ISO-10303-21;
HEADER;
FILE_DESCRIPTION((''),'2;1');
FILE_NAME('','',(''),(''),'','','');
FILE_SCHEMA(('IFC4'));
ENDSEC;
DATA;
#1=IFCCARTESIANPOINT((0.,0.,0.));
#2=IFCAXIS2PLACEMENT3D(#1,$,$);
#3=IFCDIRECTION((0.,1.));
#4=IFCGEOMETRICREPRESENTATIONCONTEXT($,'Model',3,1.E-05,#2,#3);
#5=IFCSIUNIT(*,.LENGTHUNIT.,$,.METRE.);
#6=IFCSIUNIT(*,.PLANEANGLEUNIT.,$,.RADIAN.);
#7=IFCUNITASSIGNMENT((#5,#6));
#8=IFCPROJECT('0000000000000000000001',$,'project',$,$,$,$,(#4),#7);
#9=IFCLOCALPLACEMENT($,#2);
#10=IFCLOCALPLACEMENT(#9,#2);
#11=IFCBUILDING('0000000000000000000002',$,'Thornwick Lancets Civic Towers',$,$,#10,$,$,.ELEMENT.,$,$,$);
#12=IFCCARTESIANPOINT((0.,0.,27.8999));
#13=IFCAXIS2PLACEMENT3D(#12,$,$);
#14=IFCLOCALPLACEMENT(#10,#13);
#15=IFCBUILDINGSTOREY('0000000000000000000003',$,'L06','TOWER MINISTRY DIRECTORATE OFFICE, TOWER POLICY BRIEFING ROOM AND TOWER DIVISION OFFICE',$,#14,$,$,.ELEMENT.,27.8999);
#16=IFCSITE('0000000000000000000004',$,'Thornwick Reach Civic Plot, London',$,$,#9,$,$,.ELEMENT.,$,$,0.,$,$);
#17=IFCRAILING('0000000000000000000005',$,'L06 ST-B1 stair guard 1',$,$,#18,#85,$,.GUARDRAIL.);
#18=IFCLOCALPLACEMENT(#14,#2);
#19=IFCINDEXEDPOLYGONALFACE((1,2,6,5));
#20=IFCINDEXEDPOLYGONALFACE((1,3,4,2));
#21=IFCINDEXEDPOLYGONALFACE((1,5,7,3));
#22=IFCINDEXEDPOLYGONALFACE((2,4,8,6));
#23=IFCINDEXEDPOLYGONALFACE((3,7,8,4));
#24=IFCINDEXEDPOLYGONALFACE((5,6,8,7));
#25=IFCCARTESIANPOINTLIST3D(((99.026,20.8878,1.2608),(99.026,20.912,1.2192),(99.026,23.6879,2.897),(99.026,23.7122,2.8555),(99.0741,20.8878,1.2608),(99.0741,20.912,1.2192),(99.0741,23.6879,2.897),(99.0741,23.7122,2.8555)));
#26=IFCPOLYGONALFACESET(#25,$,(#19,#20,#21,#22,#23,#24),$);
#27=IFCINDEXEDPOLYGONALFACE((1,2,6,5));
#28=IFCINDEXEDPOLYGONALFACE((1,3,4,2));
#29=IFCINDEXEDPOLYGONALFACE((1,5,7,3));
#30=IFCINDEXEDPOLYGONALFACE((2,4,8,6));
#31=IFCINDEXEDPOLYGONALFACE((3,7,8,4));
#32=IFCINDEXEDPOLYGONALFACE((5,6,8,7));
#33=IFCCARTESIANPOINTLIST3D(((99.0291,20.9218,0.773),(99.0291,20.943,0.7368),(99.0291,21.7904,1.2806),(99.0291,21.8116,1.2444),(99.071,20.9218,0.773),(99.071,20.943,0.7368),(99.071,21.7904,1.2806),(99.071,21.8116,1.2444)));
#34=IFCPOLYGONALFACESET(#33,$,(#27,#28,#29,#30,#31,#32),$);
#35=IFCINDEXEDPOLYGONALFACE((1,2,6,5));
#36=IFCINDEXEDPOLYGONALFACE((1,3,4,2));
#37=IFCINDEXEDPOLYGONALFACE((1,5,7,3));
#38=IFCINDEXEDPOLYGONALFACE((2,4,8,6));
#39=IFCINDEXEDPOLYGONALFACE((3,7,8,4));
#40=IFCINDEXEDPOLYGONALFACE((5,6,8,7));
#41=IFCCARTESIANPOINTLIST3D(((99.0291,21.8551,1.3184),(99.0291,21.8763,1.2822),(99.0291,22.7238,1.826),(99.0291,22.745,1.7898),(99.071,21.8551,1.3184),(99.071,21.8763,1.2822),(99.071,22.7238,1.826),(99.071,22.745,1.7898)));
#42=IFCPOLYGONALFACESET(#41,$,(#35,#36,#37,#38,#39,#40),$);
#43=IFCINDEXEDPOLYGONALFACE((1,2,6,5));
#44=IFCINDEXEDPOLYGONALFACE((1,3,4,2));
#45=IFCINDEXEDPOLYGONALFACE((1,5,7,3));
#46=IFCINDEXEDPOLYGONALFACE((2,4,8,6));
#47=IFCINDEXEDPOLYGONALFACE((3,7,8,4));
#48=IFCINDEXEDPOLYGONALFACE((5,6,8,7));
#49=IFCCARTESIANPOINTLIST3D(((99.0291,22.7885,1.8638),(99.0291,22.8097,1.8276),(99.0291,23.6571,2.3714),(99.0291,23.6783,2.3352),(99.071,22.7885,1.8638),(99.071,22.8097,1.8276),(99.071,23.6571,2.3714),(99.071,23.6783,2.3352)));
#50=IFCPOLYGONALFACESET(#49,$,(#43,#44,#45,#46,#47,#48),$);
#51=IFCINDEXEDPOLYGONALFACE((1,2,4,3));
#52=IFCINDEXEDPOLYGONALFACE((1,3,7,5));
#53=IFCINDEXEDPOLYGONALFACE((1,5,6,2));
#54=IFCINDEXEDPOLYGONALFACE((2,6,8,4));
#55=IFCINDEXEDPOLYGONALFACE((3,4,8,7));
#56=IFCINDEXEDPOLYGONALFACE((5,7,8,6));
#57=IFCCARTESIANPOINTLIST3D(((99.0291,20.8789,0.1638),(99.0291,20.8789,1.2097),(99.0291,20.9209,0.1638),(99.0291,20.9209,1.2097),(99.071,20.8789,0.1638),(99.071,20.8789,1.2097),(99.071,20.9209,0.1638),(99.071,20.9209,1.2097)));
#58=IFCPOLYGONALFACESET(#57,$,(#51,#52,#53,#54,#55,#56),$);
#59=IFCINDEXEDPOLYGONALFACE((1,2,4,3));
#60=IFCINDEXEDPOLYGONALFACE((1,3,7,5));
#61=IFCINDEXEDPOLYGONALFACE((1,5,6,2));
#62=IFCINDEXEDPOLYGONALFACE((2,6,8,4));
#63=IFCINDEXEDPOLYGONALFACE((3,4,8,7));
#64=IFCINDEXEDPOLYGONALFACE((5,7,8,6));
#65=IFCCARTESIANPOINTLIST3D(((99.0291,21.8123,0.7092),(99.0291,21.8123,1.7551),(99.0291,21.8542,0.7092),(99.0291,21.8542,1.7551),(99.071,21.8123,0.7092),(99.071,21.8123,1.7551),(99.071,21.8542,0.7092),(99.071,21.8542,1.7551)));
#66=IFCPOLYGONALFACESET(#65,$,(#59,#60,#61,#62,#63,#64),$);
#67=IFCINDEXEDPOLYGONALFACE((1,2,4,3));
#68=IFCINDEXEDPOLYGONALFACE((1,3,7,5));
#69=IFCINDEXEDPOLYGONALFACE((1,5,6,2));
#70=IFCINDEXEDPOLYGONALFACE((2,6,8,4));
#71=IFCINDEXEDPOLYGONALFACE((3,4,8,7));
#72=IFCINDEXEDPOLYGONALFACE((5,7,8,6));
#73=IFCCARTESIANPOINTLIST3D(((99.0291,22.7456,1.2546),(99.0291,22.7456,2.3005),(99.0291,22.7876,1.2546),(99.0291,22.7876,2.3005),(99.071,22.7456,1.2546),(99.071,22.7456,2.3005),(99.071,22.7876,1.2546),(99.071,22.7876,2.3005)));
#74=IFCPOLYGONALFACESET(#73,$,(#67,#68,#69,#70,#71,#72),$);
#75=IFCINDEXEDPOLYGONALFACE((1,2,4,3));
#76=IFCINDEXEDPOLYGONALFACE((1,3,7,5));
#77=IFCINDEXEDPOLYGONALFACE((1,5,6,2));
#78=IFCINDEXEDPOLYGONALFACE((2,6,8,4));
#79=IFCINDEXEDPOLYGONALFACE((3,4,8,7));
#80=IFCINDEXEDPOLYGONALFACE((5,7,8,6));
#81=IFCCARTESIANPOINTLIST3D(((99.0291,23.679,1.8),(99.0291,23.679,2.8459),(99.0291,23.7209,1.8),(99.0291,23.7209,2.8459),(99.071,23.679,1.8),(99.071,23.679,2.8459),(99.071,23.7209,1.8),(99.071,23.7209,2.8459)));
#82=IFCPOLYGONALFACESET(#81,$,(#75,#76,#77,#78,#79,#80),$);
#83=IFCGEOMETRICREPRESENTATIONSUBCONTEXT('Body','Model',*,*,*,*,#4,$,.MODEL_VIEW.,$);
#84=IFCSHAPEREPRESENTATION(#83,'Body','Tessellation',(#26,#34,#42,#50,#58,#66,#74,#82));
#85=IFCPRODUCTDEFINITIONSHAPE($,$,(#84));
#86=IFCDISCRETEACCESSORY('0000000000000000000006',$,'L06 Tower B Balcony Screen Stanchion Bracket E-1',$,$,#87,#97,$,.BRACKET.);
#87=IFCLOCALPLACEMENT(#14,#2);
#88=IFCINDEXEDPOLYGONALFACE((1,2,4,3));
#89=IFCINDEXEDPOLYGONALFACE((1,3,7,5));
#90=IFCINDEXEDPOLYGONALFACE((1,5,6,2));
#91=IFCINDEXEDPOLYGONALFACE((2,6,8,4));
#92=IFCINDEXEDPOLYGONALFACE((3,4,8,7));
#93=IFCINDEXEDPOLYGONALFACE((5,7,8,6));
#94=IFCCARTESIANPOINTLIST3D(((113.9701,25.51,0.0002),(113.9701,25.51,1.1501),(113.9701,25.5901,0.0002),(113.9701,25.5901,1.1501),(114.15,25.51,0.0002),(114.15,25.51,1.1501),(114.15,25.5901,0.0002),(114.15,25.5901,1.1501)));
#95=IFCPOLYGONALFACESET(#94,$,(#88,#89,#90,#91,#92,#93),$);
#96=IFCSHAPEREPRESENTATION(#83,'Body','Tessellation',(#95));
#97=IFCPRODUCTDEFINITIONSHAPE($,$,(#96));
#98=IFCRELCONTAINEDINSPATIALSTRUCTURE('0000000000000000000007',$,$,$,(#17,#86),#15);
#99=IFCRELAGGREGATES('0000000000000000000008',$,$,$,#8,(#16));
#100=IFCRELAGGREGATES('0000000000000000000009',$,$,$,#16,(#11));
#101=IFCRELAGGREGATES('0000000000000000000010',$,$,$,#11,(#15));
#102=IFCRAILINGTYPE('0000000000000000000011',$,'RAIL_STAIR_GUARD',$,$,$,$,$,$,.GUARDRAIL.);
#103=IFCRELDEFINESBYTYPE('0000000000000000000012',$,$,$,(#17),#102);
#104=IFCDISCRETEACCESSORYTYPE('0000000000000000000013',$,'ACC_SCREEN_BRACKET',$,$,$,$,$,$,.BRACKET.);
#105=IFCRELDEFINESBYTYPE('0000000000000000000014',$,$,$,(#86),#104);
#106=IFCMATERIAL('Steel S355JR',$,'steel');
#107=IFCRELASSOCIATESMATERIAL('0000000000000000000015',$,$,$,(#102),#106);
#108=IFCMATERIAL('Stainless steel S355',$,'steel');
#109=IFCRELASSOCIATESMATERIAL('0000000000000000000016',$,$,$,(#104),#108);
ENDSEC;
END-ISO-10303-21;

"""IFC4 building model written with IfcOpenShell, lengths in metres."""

from ifc_helpers import new_model, si_unit, direction, frame, origin, origin_2d, place, context, subcontext, project, spatial, rectangle, extrude, material, type_object, element, save


model = new_model("IFC4")

# Units and contexts
model_context = context("Model", 3, precision=1e-05, world=origin(), true_north=direction((0.0, 1.0)))
body_context = subcontext(model_context, "Body", "Model", "MODEL_VIEW")
ifc_project = project(units=[si_unit("LENGTHUNIT", "METRE"), si_unit("PLANEANGLEUNIT", "RADIAN")], contexts=[model_context])

# Site, building, storey
site_placement = place(None, origin())
site = spatial("IfcSite", under=ifc_project, at=site_placement, Name="Thornwick Reach Civic Plot, London", CompositionType="ELEMENT", RefElevation=0.0)
building_placement = place(site_placement, origin())
building = spatial("IfcBuilding", under=site, at=building_placement, Name="Thornwick Lancets Civic Towers", CompositionType="ELEMENT")
storey_placement = place(building_placement, frame((0.0, 0.0, 27.8999)))
storey = spatial("IfcBuildingStorey", under=building, at=storey_placement, Name="L06", Description="TOWER MINISTRY DIRECTORATE OFFICE, TOWER POLICY BRIEFING ROOM AND TOWER DIVISION OFFICE", CompositionType="ELEMENT", Elevation=27.8999)

# Shared definitions
ifc_material_1 = material(Name="Steel S355JR", Category="steel")

# Railing
railing_type_1 = type_object("IfcRailingType", Name="RAIL_STAIR_GUARD", PredefinedType="GUARDRAIL", material=ifc_material_1)
railing_1_placement = place(storey_placement, frame((99.05, 20.8999, 0.1638)))
element("IfcRailing", 1, at=railing_1_placement, inside=storey, type_object=railing_type_1, Name="L06 ST-B1 stair guard 1", PredefinedType="GUARDRAIL", context=body_context, shape_type="SweptSolid", body=[
    extrude(rectangle(XDim=0.0481, YDim=0.0481, at=origin_2d()), frame((0.0, 0.0, 1.0762), z_axis=(0.0, 0.863394, 0.504531), x_axis=(-1.0, 0.0, 0.0)), (0.0, 0.0, 1.0), 3.2432),
    extrude(rectangle(XDim=0.042, YDim=0.042, at=origin_2d()), frame((0.0, 0.0325, 0.5911), z_axis=(0.0, 0.863394, 0.504531), x_axis=(-1.0, 0.0, 0.0)), (0.0, 0.0, 1.0), 1.0061),
    extrude(rectangle(XDim=0.042, YDim=0.042, at=origin_2d()), frame((0.0, 0.9658, 1.1365), z_axis=(0.0, 0.863394, 0.504531), x_axis=(-1.0, 0.0, 0.0)), (0.0, 0.0, 1.0), 1.0061),
    extrude(rectangle(XDim=0.042, YDim=0.042, at=origin_2d()), frame((0.0, 1.8992, 1.6819), z_axis=(0.0, 0.863394, 0.504531), x_axis=(-1.0, 0.0, 0.0)), (0.0, 0.0, 1.0), 1.0061),
    extrude(rectangle(XDim=0.042, YDim=0.042, at=origin_2d()), origin(), (0.0, 0.0, 1.0), 1.0459),
    extrude(rectangle(XDim=0.042, YDim=0.042, at=origin_2d()), frame((0.0, 0.9333, 0.5454)), (0.0, 0.0, 1.0), 1.0459),
    extrude(rectangle(XDim=0.042, YDim=0.042, at=origin_2d()), frame((0.0, 1.8667, 1.0908)), (0.0, 0.0, 1.0), 1.0459),
    extrude(rectangle(XDim=0.042, YDim=0.042, at=origin_2d()), frame((0.0, 2.8, 1.6362)), (0.0, 0.0, 1.0), 1.0459),
])

# Discrete accessory
ifc_material_2 = material(Name="Stainless steel S355", Category="steel")
discrete_accessory_type = type_object("IfcDiscreteAccessoryType", Name="ACC_SCREEN_BRACKET", PredefinedType="BRACKET", material=ifc_material_2)
discrete_accessory_placement = place(storey_placement, frame((114.0601, 25.55, 0.0002), z_axis=(0.0, 0.0, 1.0), x_axis=(0.0, 1.0, 0.0)))
element("IfcDiscreteAccessory", 2, at=discrete_accessory_placement, inside=storey, type_object=discrete_accessory_type, Name="L06 Tower B Balcony Screen Stanchion Bracket E-1", PredefinedType="BRACKET", context=body_context, shape_type="SweptSolid", body=[
    extrude(rectangle(XDim=0.0801, YDim=0.1799, at=origin_2d()), origin(), (0.0, 0.0, 1.0), 1.1499),
])

save(model, "model.ifc")
